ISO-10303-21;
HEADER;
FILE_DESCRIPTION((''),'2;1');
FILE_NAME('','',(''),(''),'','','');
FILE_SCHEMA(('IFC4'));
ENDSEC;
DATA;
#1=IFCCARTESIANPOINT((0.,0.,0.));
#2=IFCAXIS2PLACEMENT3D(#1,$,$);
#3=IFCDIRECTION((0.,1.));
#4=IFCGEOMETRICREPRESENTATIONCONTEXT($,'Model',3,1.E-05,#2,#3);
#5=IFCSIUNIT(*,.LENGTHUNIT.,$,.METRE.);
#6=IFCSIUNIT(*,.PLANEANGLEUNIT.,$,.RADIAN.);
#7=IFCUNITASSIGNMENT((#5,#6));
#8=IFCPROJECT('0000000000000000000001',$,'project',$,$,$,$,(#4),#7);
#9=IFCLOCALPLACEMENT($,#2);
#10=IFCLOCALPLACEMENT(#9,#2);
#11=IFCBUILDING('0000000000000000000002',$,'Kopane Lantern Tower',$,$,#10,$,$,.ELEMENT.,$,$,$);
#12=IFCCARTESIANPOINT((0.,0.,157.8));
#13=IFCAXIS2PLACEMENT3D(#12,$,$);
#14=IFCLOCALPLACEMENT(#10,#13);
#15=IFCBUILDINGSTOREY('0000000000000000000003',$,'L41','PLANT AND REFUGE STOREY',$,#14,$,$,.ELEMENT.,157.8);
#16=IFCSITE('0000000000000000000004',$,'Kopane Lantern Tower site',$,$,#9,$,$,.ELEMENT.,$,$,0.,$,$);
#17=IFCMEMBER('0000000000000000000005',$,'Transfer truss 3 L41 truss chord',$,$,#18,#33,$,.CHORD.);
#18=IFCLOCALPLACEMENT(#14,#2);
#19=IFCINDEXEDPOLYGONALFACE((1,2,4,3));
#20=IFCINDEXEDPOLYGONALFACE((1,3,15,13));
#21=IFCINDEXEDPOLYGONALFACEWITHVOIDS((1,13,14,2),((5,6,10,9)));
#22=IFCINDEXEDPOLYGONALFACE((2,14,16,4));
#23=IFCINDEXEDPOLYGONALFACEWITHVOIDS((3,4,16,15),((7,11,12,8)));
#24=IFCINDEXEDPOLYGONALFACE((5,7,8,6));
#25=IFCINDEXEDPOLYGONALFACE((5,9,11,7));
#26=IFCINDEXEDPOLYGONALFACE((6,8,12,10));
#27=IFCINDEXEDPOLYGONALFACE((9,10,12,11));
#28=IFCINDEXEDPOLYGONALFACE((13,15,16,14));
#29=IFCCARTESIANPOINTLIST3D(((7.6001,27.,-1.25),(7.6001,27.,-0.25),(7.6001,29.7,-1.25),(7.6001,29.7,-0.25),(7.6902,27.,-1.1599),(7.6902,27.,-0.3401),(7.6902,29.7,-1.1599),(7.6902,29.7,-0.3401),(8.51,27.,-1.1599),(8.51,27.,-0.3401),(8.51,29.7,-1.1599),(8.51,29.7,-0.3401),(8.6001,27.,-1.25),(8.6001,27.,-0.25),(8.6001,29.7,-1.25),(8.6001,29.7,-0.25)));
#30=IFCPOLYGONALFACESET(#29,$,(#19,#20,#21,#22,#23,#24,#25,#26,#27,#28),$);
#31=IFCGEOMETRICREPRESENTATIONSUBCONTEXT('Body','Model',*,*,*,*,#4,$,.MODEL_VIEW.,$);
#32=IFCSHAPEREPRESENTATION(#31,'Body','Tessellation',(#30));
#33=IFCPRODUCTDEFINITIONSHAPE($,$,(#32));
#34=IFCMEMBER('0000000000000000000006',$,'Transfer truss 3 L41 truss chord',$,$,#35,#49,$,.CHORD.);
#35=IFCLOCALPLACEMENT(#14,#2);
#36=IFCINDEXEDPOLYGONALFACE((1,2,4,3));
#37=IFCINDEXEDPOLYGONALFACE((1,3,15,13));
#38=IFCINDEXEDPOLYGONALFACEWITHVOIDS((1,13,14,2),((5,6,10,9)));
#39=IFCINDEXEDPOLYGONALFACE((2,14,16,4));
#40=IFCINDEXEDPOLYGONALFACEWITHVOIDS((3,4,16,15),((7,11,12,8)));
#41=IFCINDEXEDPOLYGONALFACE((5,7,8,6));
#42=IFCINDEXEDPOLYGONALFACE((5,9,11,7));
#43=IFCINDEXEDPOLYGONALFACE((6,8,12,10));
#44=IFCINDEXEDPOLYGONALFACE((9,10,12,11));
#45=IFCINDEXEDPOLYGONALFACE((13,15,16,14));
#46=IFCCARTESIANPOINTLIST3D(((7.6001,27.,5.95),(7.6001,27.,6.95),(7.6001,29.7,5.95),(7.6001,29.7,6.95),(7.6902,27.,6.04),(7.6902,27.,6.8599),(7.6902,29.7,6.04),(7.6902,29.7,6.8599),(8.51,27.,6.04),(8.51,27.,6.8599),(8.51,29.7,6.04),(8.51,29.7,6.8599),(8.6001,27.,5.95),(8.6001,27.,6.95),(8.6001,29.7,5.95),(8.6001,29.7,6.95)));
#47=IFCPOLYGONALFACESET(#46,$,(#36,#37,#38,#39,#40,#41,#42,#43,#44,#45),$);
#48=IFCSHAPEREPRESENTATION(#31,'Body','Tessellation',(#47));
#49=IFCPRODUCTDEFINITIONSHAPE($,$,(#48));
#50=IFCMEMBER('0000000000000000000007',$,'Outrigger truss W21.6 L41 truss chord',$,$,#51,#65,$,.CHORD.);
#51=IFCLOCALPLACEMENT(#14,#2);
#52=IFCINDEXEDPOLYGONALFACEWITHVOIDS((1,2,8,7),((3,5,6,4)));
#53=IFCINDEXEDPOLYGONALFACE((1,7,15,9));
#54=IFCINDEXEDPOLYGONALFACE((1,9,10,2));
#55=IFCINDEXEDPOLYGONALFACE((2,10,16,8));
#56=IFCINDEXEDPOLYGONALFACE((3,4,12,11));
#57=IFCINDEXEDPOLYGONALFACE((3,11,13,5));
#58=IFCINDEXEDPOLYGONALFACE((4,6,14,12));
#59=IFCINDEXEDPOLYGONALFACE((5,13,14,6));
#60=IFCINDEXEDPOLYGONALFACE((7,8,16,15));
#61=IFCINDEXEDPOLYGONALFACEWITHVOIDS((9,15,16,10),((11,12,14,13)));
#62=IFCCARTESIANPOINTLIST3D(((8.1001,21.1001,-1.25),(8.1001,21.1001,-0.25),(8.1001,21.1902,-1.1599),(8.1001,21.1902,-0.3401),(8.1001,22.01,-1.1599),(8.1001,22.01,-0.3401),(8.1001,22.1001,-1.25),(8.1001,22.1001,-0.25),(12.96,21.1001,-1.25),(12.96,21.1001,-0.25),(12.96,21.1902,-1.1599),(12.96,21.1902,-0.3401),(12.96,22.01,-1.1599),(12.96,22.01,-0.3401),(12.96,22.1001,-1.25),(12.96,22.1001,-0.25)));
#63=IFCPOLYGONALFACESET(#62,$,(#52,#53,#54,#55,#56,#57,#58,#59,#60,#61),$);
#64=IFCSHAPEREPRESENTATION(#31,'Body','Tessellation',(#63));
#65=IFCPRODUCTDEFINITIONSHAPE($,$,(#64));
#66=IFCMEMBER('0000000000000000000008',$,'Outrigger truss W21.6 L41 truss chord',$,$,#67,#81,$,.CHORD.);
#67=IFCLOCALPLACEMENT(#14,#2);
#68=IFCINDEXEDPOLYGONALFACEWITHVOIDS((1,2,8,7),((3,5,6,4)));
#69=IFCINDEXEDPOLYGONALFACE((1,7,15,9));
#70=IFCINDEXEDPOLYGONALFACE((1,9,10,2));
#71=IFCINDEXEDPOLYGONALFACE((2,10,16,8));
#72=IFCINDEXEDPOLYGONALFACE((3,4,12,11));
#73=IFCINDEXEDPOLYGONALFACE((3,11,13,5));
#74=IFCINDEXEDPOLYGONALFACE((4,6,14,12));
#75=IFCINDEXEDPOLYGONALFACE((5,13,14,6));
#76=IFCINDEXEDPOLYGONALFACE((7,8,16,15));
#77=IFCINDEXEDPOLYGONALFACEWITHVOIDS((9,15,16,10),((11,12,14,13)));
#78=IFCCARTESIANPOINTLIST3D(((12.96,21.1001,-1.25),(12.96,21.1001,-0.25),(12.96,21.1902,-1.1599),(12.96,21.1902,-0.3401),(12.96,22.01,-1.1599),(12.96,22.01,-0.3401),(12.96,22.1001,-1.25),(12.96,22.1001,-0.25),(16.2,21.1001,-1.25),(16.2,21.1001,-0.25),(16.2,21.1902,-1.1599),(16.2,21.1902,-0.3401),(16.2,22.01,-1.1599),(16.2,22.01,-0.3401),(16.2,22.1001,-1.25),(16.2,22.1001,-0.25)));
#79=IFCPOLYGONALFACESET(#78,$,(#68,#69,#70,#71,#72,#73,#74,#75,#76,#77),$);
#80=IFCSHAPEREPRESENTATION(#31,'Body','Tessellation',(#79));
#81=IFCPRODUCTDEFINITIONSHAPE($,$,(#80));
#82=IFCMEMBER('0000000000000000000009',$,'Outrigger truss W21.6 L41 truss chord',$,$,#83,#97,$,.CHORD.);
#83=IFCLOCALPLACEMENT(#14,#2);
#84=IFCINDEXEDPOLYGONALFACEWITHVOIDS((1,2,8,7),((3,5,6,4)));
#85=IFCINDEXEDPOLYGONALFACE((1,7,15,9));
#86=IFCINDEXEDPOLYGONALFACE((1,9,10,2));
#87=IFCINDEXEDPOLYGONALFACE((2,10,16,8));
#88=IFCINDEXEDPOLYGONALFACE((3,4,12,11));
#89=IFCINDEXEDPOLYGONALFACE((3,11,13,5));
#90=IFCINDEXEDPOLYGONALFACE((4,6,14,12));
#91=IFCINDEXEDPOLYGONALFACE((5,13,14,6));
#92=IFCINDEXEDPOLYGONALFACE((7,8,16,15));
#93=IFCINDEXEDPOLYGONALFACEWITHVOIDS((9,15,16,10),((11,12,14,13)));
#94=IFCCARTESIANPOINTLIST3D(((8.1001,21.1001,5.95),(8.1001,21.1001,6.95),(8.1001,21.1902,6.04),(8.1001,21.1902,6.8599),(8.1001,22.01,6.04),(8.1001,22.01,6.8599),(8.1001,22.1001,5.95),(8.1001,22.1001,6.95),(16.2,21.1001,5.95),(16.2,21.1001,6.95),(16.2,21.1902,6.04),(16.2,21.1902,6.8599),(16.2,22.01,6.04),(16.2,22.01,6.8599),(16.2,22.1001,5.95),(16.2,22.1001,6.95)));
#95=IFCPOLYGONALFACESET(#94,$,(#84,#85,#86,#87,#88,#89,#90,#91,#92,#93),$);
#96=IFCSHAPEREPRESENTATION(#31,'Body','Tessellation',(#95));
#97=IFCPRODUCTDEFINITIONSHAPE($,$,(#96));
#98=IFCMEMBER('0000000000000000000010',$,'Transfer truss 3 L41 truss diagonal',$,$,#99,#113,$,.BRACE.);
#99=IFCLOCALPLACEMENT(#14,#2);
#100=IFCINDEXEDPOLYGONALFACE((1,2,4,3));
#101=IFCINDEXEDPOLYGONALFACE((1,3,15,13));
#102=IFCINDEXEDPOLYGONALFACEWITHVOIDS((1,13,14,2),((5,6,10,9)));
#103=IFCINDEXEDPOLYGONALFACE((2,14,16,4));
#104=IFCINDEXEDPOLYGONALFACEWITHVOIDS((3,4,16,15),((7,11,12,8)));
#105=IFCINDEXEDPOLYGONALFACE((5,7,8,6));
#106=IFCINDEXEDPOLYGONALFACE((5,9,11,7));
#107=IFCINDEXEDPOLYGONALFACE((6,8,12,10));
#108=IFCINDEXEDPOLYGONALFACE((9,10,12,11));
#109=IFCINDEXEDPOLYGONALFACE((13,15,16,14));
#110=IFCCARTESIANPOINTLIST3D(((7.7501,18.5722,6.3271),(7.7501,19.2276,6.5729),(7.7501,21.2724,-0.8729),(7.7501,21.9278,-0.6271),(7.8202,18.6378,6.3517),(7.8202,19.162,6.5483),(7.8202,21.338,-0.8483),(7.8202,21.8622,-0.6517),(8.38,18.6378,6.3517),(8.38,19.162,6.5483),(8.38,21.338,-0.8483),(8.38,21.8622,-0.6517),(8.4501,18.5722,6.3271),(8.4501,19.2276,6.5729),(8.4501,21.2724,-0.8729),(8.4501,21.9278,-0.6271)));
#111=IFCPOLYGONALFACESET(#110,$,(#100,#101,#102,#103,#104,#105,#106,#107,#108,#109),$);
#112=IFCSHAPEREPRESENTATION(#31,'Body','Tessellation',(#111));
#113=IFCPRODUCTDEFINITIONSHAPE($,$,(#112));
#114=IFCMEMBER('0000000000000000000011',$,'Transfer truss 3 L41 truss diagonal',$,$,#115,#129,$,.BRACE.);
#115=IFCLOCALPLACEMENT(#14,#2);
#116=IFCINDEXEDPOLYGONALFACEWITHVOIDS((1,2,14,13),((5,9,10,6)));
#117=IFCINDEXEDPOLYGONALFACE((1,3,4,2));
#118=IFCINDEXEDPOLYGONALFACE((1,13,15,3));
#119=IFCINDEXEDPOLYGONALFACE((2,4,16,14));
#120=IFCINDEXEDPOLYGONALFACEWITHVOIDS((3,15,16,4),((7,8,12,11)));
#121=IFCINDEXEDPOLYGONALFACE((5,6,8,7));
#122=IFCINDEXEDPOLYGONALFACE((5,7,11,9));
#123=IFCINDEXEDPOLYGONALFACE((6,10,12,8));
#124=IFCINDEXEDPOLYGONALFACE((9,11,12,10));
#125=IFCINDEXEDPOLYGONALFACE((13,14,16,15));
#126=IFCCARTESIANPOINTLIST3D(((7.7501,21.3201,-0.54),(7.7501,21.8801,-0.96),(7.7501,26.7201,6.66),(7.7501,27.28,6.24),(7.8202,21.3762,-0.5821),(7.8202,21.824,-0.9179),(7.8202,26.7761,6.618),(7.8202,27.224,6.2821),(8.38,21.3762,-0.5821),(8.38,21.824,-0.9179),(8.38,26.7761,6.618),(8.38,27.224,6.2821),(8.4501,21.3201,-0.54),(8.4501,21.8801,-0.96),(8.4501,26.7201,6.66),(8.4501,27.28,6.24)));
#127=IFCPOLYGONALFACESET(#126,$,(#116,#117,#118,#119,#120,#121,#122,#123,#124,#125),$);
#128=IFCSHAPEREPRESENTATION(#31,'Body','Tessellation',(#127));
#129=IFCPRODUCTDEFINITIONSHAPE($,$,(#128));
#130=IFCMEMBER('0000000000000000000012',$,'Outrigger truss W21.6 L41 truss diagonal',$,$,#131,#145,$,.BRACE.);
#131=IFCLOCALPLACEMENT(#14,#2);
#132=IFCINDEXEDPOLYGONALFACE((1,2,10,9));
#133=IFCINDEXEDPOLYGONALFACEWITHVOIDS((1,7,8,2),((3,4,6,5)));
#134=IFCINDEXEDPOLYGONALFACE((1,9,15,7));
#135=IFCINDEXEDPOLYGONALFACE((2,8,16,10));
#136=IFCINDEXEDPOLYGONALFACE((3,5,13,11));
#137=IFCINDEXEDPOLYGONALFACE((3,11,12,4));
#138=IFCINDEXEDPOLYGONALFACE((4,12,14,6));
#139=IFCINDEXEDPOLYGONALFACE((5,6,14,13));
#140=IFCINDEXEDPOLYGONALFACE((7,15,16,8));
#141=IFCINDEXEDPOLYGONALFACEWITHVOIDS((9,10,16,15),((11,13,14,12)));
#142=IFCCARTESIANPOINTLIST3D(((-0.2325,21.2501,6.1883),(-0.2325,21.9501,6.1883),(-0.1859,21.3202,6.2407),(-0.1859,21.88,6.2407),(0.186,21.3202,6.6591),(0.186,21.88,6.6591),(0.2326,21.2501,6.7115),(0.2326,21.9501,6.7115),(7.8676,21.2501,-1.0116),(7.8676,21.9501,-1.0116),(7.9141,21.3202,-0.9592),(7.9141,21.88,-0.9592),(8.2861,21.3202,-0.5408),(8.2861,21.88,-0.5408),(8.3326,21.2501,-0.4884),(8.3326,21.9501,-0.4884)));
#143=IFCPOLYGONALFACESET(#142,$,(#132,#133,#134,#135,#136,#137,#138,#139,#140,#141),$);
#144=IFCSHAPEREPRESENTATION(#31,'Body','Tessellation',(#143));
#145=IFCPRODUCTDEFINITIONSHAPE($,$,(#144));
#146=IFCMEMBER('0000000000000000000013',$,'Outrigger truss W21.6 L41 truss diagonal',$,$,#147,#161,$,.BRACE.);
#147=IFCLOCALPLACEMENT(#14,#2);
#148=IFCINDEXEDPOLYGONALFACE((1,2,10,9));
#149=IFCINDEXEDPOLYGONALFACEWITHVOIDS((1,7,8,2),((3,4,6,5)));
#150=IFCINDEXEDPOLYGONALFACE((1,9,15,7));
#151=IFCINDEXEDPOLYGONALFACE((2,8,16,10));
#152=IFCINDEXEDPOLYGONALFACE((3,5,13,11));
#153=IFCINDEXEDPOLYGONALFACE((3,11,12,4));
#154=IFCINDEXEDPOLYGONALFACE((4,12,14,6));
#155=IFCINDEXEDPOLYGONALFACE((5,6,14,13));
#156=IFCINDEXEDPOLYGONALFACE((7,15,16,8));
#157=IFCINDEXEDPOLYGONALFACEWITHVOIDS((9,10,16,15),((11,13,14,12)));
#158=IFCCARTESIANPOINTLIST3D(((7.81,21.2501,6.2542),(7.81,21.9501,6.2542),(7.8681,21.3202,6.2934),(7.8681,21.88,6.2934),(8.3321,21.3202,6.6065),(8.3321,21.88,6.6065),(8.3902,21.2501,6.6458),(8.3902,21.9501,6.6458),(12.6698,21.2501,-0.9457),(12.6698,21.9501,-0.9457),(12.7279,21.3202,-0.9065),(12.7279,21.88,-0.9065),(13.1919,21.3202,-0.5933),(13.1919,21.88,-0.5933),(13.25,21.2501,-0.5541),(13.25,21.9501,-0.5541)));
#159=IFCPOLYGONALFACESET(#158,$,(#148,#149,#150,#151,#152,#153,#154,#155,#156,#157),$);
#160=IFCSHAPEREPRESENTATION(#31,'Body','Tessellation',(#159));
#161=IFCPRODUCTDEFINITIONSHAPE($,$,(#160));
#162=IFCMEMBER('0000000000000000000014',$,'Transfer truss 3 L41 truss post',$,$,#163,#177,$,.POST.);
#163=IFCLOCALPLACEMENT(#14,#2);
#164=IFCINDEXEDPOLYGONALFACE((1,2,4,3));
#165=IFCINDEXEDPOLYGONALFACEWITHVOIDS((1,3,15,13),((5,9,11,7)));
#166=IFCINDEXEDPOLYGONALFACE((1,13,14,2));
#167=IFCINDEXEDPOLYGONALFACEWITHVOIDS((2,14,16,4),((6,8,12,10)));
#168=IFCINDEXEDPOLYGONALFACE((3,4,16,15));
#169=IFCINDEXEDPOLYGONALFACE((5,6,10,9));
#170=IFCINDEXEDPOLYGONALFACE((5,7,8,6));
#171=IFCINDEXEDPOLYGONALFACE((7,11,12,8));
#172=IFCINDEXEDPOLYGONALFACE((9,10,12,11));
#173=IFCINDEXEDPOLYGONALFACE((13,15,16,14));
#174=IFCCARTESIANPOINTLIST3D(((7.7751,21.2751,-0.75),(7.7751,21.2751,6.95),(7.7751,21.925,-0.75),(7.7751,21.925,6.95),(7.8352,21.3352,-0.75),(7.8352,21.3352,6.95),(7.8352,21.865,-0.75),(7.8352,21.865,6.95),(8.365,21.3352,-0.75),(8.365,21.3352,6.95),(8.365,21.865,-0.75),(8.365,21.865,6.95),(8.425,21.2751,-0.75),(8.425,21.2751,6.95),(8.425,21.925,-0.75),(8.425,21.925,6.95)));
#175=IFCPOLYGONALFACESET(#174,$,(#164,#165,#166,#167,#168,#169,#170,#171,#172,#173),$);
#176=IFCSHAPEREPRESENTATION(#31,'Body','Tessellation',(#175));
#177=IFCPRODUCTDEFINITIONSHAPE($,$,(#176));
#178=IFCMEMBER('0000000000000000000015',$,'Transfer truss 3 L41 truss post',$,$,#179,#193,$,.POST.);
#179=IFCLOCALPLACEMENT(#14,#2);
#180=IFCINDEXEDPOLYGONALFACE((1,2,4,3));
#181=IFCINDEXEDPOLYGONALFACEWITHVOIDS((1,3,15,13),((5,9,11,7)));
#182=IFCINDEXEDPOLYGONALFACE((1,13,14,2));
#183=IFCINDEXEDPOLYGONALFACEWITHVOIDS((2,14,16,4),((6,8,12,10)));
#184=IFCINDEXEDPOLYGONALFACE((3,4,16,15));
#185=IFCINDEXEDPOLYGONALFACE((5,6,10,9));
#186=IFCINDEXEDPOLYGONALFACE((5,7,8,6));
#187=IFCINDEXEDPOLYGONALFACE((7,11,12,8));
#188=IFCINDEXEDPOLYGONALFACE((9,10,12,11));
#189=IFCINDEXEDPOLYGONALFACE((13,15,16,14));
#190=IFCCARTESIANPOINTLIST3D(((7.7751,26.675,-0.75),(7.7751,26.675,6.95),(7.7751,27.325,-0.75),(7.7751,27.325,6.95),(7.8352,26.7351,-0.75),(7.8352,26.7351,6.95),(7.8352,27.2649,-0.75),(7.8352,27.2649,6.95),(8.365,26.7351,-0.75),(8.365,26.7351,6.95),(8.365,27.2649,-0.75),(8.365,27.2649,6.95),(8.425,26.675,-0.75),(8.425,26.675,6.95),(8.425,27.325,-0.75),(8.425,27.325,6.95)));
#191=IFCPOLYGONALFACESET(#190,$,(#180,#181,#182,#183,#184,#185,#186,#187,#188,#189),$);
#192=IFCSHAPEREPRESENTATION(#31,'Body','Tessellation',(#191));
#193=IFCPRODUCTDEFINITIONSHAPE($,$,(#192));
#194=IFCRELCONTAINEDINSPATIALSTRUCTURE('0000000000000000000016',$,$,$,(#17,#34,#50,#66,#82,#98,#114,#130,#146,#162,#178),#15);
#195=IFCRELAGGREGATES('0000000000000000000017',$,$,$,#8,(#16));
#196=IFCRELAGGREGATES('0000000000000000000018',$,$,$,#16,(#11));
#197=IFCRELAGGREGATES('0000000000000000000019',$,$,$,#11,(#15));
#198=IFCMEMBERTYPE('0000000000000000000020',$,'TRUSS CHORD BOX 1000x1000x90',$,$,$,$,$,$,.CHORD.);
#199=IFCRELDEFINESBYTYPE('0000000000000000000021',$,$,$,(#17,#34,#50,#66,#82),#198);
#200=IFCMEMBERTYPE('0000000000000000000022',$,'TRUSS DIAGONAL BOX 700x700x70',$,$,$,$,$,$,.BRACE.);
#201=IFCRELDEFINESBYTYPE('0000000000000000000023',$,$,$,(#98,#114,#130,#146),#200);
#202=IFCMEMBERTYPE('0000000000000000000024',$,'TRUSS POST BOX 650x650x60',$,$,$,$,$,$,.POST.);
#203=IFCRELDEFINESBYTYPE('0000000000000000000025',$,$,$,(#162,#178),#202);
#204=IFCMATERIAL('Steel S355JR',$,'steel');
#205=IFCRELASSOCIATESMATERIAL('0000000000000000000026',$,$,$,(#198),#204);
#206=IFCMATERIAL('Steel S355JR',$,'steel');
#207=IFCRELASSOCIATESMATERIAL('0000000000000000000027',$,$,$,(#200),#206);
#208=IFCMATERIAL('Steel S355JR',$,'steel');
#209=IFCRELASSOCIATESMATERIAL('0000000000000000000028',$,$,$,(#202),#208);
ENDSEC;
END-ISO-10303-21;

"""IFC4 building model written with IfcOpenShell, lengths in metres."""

from ifc_helpers import new_model, si_unit, direction, frame, origin, origin_2d, place, context, subcontext, project, spatial, hollow_rectangle, extrude, material, material_profile, profile_set, type_object, element, save


model = new_model("IFC4")

# Units and contexts
model_context = context("Model", 3, precision=1e-05, world=origin(), true_north=direction((0.0, 1.0)))
body_context = subcontext(model_context, "Body", "Model", "MODEL_VIEW")
ifc_project = project(units=[si_unit("LENGTHUNIT", "METRE"), si_unit("PLANEANGLEUNIT", "RADIAN")], contexts=[model_context])

# Site, building, storey
site_placement = place(None, origin())
site = spatial("IfcSite", under=ifc_project, at=site_placement, Name="Kopane Lantern Tower site", CompositionType="ELEMENT", RefElevation=0.0)
building_placement = place(site_placement, origin())
building = spatial("IfcBuilding", under=site, at=building_placement, Name="Kopane Lantern Tower", CompositionType="ELEMENT")
storey_placement = place(building_placement, frame((0.0, 0.0, 157.8)))
storey = spatial("IfcBuildingStorey", under=building, at=storey_placement, Name="L41", Description="PLANT AND REFUGE STOREY", CompositionType="ELEMENT", Elevation=157.8)

# Members
ifc_material_1 = material(Name="Steel S355JR", Category="steel")
ifc_material_profile_1 = material_profile(ifc_material_1, hollow_rectangle(XDim=1.0, YDim=1.0, WallThickness=0.0901, at=origin_2d()), Name="BOX 1000x1000x90")
ifc_profile_set_1 = profile_set([ifc_material_profile_1], Name="Steel S355JR")
member_type_1 = type_object("IfcMemberType", Name="TRUSS CHORD BOX 1000x1000x90", PredefinedType="CHORD", material=ifc_profile_set_1)
for number, where, z_axis, x_axis, name in (
    (1, (8.1001, 27.0, -0.75), (0.0, 1.0, 0.0), (-1.0, 0.0, 0.0), "Transfer truss 3 L41 truss chord"),
    (2, (8.1001, 27.0, 6.45), (0.0, 1.0, 0.0), (-1.0, 0.0, 0.0), "Transfer truss 3 L41 truss chord"),
):
    element("IfcMember", number, at=place(storey_placement, frame(where, z_axis=z_axis, x_axis=x_axis)), inside=storey, type_object=member_type_1, Name=name, PredefinedType="CHORD", context=body_context, shape_type="SweptSolid", body=[
        extrude(hollow_rectangle(XDim=1.0, YDim=1.0, WallThickness=0.0901, at=origin_2d()), origin(), (0.0, 0.0, 1.0), 2.7),
    ])
member_1_placement = place(storey_placement, frame((8.1001, 21.6001, -0.75), z_axis=(1.0, 0.0, 0.0), x_axis=(0.0, 1.0, 0.0)))
element("IfcMember", 3, at=member_1_placement, inside=storey, type_object=member_type_1, Name="Outrigger truss W21.6 L41 truss chord", PredefinedType="CHORD", context=body_context, shape_type="SweptSolid", body=[
    extrude(hollow_rectangle(XDim=1.0, YDim=1.0, WallThickness=0.0901, at=origin_2d()), origin(), (0.0, 0.0, 1.0), 4.8599),
])
member_2_placement = place(storey_placement, frame((12.96, 21.6001, -0.75), z_axis=(1.0, 0.0, 0.0), x_axis=(0.0, 1.0, 0.0)))
element("IfcMember", 4, at=member_2_placement, inside=storey, type_object=member_type_1, Name="Outrigger truss W21.6 L41 truss chord", PredefinedType="CHORD", context=body_context, shape_type="SweptSolid", body=[
    extrude(hollow_rectangle(XDim=1.0, YDim=1.0, WallThickness=0.0901, at=origin_2d()), origin(), (0.0, 0.0, 1.0), 3.24),
])
member_3_placement = place(storey_placement, frame((8.1001, 21.6001, 6.45), z_axis=(1.0, 0.0, 0.0), x_axis=(0.0, 1.0, 0.0)))
element("IfcMember", 5, at=member_3_placement, inside=storey, type_object=member_type_1, Name="Outrigger truss W21.6 L41 truss chord", PredefinedType="CHORD", context=body_context, shape_type="SweptSolid", body=[
    extrude(hollow_rectangle(XDim=1.0, YDim=1.0, WallThickness=0.0901, at=origin_2d()), origin(), (0.0, 0.0, 1.0), 8.0999),
])
ifc_material_2 = material(Name="Steel S355JR", Category="steel")
ifc_material_profile_2 = material_profile(ifc_material_2, hollow_rectangle(XDim=0.7, YDim=0.7, WallThickness=0.0701, at=origin_2d()), Name="BOX 700x700x70")
ifc_profile_set_2 = profile_set([ifc_material_profile_2], Name="Steel S355JR")
member_type_2 = type_object("IfcMemberType", Name="TRUSS DIAGONAL BOX 700x700x70", PredefinedType="BRACE", material=ifc_profile_set_2)
member_4_placement = place(storey_placement, frame((8.1001, 21.6001, -0.75), z_axis=(0.0, -0.351148, 0.93632), x_axis=(1.0, 0.0, 0.0)))
element("IfcMember", 6, at=member_4_placement, inside=storey, type_object=member_type_2, Name="Transfer truss 3 L41 truss diagonal", PredefinedType="BRACE", context=body_context, shape_type="SweptSolid", body=[
    extrude(hollow_rectangle(XDim=0.7, YDim=0.7, WallThickness=0.0701, at=origin_2d()), origin(), (0.0, 0.0, 1.0), 7.6897),
])
member_5_placement = place(storey_placement, frame((8.1001, 21.6001, -0.75), z_axis=(0.0, 0.599996, 0.800003), x_axis=(-1.0, 0.0, 0.0)))
element("IfcMember", 7, at=member_5_placement, inside=storey, type_object=member_type_2, Name="Transfer truss 3 L41 truss diagonal", PredefinedType="BRACE", context=body_context, shape_type="SweptSolid", body=[
    extrude(hollow_rectangle(XDim=0.7, YDim=0.7, WallThickness=0.0701, at=origin_2d()), origin(), (0.0, 0.0, 1.0), 9.0),
])
member_6_placement = place(storey_placement, frame((8.1001, 21.6001, -0.75), z_axis=(-0.747416, 0.0, 0.664357), x_axis=(0.0, -1.0, 0.0)))
element("IfcMember", 8, at=member_6_placement, inside=storey, type_object=member_type_2, Name="Outrigger truss W21.6 L41 truss diagonal", PredefinedType="BRACE", context=body_context, shape_type="SweptSolid", body=[
    extrude(hollow_rectangle(XDim=0.7, YDim=0.7, WallThickness=0.0701, at=origin_2d()), origin(), (0.0, 0.0, 1.0), 10.8374),
])
member_7_placement = place(storey_placement, frame((8.1001, 21.6001, 6.45), z_axis=(0.559465, 0.0, -0.828854), x_axis=(0.0, 1.0, 0.0)))
element("IfcMember", 9, at=member_7_placement, inside=storey, type_object=member_type_2, Name="Outrigger truss W21.6 L41 truss diagonal", PredefinedType="BRACE", context=body_context, shape_type="SweptSolid", body=[
    extrude(hollow_rectangle(XDim=0.7, YDim=0.7, WallThickness=0.0701, at=origin_2d()), origin(), (0.0, 0.0, 1.0), 8.6865),
])
ifc_material_3 = material(Name="Steel S355JR", Category="steel")
ifc_material_profile_3 = material_profile(ifc_material_3, hollow_rectangle(XDim=0.6499, YDim=0.6499, WallThickness=0.0601, at=origin_2d()), Name="BOX 650x650x60")
ifc_profile_set_3 = profile_set([ifc_material_profile_3], Name="Steel S355JR")
member_type_3 = type_object("IfcMemberType", Name="TRUSS POST BOX 650x650x60", PredefinedType="POST", material=ifc_profile_set_3)
for number, where, z_axis, x_axis, name in (
    (10, (8.1001, 21.6001, -0.75), (0.0, 0.0, 1.0), (1.0, 0.0, 0.0), "Transfer truss 3 L41 truss post"),
    (11, (8.1001, 27.0, -0.75), (0.0, 0.0, 1.0), (1.0, 0.0, 0.0), "Transfer truss 3 L41 truss post"),
):
    element("IfcMember", number, at=place(storey_placement, frame(where, z_axis=z_axis, x_axis=x_axis)), inside=storey, type_object=member_type_3, Name=name, PredefinedType="POST", context=body_context, shape_type="SweptSolid", body=[
        extrude(hollow_rectangle(XDim=0.6499, YDim=0.6499, WallThickness=0.0601, at=origin_2d()), origin(), (0.0, 0.0, 1.0), 7.7),
    ])

save(model, "model.ifc")
